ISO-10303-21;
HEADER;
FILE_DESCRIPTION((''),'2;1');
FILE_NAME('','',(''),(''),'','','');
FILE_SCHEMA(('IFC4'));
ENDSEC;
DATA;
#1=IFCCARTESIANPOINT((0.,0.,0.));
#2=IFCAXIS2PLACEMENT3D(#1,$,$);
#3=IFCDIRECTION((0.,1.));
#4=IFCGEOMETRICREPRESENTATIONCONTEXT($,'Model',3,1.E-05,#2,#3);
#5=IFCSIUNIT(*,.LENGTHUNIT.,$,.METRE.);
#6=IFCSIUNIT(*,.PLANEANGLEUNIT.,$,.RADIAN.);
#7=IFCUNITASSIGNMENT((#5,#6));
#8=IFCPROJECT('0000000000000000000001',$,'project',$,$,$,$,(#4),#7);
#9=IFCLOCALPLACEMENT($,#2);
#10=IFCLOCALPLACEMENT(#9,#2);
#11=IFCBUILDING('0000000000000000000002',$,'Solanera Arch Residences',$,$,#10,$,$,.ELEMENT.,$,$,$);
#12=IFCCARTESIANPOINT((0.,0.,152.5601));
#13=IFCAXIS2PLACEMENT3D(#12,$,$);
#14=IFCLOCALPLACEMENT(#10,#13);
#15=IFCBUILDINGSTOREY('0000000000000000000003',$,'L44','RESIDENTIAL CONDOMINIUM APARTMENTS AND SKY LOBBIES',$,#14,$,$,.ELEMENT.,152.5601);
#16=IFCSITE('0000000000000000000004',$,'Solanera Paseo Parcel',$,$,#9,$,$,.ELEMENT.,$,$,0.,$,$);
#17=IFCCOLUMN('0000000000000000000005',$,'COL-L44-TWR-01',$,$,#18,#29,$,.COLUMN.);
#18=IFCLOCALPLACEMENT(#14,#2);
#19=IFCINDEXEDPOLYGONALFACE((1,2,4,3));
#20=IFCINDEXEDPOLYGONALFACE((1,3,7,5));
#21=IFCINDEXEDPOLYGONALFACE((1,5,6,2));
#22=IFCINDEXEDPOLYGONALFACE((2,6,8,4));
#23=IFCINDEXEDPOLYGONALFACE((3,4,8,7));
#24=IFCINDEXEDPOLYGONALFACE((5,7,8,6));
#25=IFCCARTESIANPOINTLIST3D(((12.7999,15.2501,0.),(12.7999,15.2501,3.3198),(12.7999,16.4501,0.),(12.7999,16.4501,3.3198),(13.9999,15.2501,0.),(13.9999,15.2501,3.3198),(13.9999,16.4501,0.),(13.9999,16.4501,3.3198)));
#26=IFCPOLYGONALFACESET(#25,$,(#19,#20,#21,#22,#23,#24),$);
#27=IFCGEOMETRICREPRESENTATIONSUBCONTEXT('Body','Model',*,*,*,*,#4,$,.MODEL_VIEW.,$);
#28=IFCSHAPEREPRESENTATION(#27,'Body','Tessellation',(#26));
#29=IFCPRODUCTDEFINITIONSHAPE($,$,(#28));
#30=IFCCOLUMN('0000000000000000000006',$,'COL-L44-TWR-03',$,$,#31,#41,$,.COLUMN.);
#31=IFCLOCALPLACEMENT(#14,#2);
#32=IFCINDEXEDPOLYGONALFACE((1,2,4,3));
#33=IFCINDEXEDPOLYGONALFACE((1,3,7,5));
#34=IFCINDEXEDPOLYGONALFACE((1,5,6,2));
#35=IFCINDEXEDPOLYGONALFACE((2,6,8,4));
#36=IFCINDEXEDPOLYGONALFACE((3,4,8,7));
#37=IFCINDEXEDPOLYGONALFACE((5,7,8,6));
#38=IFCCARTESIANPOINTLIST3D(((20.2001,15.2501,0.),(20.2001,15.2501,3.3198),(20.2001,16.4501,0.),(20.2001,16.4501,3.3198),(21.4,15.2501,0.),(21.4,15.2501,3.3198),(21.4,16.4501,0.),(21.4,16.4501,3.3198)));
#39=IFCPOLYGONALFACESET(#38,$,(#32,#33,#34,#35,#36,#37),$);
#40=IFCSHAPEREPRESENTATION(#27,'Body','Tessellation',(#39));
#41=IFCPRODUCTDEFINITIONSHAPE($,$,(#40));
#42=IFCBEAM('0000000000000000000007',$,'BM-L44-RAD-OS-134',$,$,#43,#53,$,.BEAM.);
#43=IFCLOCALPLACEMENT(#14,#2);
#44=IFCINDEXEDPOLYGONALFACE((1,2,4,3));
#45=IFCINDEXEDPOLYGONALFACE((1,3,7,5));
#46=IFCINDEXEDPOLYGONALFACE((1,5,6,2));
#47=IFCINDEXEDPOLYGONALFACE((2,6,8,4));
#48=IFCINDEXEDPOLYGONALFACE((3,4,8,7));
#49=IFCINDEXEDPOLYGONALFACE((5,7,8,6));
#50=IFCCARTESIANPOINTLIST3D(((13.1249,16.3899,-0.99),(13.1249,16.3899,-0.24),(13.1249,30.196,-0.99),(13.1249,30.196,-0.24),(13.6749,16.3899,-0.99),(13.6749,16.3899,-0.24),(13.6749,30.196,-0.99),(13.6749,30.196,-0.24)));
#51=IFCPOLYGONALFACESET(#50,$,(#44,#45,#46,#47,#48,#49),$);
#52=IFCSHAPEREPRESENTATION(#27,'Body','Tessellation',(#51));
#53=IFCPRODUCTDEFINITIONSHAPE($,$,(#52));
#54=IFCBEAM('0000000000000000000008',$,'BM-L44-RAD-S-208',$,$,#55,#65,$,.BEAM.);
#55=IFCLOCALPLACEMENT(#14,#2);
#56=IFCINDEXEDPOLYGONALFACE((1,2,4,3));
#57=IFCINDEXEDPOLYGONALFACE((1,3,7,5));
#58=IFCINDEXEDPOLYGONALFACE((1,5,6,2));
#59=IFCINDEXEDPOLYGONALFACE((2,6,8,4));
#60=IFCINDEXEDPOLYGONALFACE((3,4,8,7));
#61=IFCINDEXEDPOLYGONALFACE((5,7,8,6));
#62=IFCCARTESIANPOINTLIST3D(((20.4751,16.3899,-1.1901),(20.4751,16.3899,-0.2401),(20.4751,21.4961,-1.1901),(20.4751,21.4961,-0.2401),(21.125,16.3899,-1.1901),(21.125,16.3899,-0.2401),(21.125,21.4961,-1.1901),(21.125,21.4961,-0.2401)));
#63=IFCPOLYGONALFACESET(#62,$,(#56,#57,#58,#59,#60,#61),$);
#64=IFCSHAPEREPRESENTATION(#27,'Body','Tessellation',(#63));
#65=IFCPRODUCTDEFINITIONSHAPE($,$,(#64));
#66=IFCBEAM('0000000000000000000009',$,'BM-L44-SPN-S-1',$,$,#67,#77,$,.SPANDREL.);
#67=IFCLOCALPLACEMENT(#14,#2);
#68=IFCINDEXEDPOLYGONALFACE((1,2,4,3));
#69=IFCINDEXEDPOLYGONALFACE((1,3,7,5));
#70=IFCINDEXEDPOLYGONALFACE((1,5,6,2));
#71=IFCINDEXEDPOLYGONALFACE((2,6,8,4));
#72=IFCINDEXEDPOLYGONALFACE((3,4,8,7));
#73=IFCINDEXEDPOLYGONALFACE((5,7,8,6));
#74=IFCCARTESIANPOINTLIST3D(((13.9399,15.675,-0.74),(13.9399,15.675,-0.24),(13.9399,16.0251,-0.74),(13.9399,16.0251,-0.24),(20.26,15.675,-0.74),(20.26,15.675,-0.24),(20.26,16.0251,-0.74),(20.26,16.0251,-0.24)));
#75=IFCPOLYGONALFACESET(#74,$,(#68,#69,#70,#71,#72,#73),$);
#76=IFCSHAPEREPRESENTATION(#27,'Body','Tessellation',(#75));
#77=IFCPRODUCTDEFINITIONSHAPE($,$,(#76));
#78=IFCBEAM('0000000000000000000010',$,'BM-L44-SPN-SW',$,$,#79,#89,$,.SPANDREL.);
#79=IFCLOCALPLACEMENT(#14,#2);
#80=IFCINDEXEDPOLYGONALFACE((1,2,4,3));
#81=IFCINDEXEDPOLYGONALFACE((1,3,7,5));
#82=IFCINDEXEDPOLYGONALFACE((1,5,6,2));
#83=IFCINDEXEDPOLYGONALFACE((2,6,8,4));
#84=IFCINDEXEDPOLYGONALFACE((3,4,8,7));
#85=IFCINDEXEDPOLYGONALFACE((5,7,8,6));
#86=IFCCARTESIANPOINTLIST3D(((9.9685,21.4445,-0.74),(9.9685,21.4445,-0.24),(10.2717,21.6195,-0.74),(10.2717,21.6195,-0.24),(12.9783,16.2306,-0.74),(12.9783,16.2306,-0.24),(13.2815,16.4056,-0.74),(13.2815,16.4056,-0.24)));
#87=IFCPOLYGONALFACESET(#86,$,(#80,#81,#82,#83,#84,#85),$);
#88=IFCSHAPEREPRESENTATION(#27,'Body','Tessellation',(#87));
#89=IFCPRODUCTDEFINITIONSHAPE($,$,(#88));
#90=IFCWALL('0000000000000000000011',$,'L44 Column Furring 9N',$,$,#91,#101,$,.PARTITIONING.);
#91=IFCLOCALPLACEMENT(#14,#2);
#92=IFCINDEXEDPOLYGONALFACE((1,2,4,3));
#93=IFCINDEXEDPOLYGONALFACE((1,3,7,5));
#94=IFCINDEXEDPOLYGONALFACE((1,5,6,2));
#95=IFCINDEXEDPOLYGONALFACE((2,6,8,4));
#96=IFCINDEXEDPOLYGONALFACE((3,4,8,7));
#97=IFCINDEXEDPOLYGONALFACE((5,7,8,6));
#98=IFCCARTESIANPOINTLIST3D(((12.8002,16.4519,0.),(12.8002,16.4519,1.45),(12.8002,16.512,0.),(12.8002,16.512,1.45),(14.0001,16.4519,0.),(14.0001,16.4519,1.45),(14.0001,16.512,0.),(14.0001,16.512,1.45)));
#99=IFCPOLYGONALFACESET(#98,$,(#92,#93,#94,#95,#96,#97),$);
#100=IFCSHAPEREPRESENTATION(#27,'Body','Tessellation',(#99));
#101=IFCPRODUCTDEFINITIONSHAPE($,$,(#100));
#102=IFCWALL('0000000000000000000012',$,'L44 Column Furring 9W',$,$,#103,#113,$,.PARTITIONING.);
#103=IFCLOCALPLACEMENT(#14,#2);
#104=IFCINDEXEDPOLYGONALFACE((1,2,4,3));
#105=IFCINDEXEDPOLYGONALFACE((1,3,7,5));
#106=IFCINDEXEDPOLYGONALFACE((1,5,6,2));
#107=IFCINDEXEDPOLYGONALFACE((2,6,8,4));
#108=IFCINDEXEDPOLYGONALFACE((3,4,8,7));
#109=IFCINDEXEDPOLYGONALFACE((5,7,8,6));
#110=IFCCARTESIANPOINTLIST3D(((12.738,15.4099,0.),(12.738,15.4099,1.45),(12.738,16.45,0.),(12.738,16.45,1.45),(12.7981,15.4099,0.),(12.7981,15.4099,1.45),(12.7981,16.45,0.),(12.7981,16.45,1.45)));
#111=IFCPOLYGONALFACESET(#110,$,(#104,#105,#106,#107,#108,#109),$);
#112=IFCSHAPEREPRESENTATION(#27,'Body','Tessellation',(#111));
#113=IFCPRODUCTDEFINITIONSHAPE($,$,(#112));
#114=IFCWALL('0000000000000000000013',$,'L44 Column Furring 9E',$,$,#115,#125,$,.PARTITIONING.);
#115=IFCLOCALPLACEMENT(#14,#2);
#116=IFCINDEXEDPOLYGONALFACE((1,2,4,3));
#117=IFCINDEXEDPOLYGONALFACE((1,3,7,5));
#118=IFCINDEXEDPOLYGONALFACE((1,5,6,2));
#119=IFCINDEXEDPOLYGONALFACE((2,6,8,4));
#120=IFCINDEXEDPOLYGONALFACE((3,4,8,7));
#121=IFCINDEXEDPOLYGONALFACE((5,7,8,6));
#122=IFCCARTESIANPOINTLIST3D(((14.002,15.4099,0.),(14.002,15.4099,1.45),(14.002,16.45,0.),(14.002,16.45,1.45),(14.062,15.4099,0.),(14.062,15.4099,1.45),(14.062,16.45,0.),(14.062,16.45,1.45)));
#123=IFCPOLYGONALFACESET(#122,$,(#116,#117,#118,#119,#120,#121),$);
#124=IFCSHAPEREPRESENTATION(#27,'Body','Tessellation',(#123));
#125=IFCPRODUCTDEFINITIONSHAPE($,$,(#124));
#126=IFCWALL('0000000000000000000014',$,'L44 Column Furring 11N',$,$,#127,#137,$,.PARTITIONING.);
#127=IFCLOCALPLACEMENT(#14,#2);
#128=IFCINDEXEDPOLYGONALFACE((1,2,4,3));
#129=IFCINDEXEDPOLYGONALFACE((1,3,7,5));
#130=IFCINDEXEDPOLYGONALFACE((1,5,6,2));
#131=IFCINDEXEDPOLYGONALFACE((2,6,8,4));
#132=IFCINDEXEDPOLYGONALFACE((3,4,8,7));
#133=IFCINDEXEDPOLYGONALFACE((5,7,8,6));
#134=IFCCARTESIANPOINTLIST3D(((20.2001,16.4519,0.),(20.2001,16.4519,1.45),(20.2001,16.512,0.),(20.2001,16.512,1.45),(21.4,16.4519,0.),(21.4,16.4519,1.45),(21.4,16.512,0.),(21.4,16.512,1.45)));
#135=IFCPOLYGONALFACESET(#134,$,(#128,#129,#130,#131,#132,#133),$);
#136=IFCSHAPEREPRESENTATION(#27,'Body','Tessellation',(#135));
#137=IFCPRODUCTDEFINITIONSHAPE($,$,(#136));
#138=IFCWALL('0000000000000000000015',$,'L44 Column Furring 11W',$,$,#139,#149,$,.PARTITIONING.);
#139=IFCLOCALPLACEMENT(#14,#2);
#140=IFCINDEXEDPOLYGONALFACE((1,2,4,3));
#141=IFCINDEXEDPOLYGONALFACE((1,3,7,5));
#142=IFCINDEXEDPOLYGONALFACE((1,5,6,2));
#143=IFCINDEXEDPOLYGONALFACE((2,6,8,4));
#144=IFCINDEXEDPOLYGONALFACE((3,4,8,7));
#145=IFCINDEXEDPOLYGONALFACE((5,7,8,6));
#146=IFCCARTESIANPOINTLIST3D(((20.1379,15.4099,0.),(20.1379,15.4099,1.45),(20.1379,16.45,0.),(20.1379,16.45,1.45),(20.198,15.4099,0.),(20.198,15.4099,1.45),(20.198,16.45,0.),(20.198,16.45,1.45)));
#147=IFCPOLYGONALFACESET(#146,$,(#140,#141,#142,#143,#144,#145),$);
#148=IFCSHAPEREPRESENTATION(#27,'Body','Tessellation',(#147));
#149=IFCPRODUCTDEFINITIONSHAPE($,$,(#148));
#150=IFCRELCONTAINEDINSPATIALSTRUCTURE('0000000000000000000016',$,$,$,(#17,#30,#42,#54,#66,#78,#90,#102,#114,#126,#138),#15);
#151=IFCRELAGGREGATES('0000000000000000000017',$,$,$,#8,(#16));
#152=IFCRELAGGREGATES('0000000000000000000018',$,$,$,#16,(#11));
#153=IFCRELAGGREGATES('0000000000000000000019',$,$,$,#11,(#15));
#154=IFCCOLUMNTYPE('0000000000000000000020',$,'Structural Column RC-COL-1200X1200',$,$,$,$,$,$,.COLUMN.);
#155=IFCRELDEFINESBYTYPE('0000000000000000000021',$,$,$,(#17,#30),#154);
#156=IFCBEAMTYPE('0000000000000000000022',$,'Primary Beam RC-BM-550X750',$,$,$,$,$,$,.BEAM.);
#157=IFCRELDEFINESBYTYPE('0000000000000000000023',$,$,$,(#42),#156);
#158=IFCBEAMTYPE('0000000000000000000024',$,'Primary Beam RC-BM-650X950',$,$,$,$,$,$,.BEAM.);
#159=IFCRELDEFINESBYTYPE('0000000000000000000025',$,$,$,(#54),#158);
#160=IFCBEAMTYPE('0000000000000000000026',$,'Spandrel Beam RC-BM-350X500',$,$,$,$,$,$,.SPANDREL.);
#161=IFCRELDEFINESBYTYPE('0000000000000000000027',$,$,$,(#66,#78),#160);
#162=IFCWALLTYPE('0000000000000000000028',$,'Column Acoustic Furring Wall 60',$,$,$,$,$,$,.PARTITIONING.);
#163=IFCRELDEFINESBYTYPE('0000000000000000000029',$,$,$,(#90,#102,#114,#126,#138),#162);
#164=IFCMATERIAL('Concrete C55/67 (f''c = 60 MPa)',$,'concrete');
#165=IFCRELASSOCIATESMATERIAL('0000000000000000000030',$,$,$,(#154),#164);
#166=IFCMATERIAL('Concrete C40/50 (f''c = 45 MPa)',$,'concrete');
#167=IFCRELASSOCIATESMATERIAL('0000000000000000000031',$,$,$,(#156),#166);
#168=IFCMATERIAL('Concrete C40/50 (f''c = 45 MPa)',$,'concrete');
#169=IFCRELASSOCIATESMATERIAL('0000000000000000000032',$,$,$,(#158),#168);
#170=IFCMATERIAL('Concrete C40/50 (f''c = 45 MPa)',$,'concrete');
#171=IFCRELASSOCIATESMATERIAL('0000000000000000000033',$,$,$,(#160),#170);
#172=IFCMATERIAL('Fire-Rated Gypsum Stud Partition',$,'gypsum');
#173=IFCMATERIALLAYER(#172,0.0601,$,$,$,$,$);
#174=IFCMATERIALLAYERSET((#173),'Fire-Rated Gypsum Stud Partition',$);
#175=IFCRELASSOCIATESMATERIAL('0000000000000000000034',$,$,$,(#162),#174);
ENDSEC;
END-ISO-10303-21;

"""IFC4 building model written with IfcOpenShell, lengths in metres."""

from ifc_helpers import new_model, si_unit, direction, frame, frame_2d, origin, origin_2d, place, context, subcontext, project, spatial, rectangle, extrude, material, layer, layer_set, material_profile, profile_set, type_object, element, save


model = new_model("IFC4")

# Units and contexts
model_context = context("Model", 3, precision=1e-05, world=origin(), true_north=direction((0.0, 1.0)))
body_context = subcontext(model_context, "Body", "Model", "MODEL_VIEW")
ifc_project = project(units=[si_unit("LENGTHUNIT", "METRE"), si_unit("PLANEANGLEUNIT", "RADIAN")], contexts=[model_context])

# Site, building, storey
site_placement = place(None, origin())
site = spatial("IfcSite", under=ifc_project, at=site_placement, Name="Solanera Paseo Parcel", CompositionType="ELEMENT", RefElevation=0.0)
building_placement = place(site_placement, origin())
building = spatial("IfcBuilding", under=site, at=building_placement, Name="Solanera Arch Residences", CompositionType="ELEMENT")
storey_placement = place(building_placement, frame((0.0, 0.0, 152.5601)))
storey = spatial("IfcBuildingStorey", under=building, at=storey_placement, Name="L44", Description="RESIDENTIAL CONDOMINIUM APARTMENTS AND SKY LOBBIES", CompositionType="ELEMENT", Elevation=152.5601)

# Columns
ifc_material_1 = material(Name="Concrete C55/67 (f'c = 60 MPa)", Category="concrete")
ifc_material_profile_1 = material_profile(ifc_material_1, rectangle(XDim=1.2, YDim=1.2, at=origin_2d()))
ifc_profile_set_1 = profile_set([ifc_material_profile_1], Name="Concrete C55/67 (f'c = 60 MPa)")
column_type = type_object("IfcColumnType", Name="Structural Column RC-COL-1200X1200", PredefinedType="COLUMN", material=ifc_profile_set_1)
for number, where, z_axis, x_axis, name in (
    (1, (13.3999, 15.8501, 0.0), (0.0, 0.0, 1.0), (1.0, 0.0, 0.0), "COL-L44-TWR-01"),
    (2, (20.8, 15.8501, 0.0), (0.0, 0.0, 1.0), (1.0, 0.0, 0.0), "COL-L44-TWR-03"),
):
    element("IfcColumn", number, at=place(storey_placement, frame(where, z_axis=z_axis, x_axis=x_axis)), inside=storey, type_object=column_type, Name=name, PredefinedType="COLUMN", context=body_context, shape_type="SweptSolid", body=[
        extrude(rectangle(XDim=1.2, YDim=1.2, at=origin_2d()), origin(), (0.0, 0.0, 1.0), 3.3198),
    ])

# Beams
ifc_material_2 = material(Name="Concrete C40/50 (f'c = 45 MPa)", Category="concrete")
ifc_material_profile_2 = material_profile(ifc_material_2, rectangle(XDim=0.55, YDim=0.75, at=origin_2d()))
ifc_profile_set_2 = profile_set([ifc_material_profile_2], Name="Concrete C40/50 (f'c = 45 MPa)")
beam_type_1 = type_object("IfcBeamType", Name="Primary Beam RC-BM-550X750", PredefinedType="BEAM", material=ifc_profile_set_2)
beam_1_placement = place(storey_placement, frame((13.3999, 16.3899, -0.615), z_axis=(0.0, 1.0, 0.0), x_axis=(-1.0, 0.0, 0.0)))
element("IfcBeam", 3, at=beam_1_placement, inside=storey, type_object=beam_type_1, Name="BM-L44-RAD-OS-134", PredefinedType="BEAM", context=body_context, shape_type="SweptSolid", body=[
    extrude(rectangle(XDim=0.55, YDim=0.75, at=origin_2d()), origin(), (0.0, 0.0, 1.0), 13.8062),
])
ifc_material_3 = material(Name="Concrete C40/50 (f'c = 45 MPa)", Category="concrete")
ifc_material_profile_3 = material_profile(ifc_material_3, rectangle(XDim=0.6499, YDim=0.95, at=origin_2d()))
ifc_profile_set_3 = profile_set([ifc_material_profile_3], Name="Concrete C40/50 (f'c = 45 MPa)")
beam_type_2 = type_object("IfcBeamType", Name="Primary Beam RC-BM-650X950", PredefinedType="BEAM", material=ifc_profile_set_3)
beam_2_placement = place(storey_placement, frame((20.8, 16.3899, -0.7151), z_axis=(0.0, 1.0, 0.0), x_axis=(-1.0, 0.0, 0.0)))
element("IfcBeam", 4, at=beam_2_placement, inside=storey, type_object=beam_type_2, Name="BM-L44-RAD-S-208", PredefinedType="BEAM", context=body_context, shape_type="SweptSolid", body=[
    extrude(rectangle(XDim=0.6499, YDim=0.95, at=origin_2d()), origin(), (0.0, 0.0, 1.0), 5.1062),
])
ifc_material_4 = material(Name="Concrete C40/50 (f'c = 45 MPa)", Category="concrete")
ifc_material_profile_4 = material_profile(ifc_material_4, rectangle(XDim=0.3501, YDim=0.5, at=origin_2d()))
ifc_profile_set_4 = profile_set([ifc_material_profile_4], Name="Concrete C40/50 (f'c = 45 MPa)")
beam_type_3 = type_object("IfcBeamType", Name="Spandrel Beam RC-BM-350X500", PredefinedType="SPANDREL", material=ifc_profile_set_4)
beam_3_placement = place(storey_placement, frame((13.9399, 15.8501, -0.49), z_axis=(1.0, 0.0, 0.0), x_axis=(0.0, 1.0, 0.0)))
element("IfcBeam", 5, at=beam_3_placement, inside=storey, type_object=beam_type_3, Name="BM-L44-SPN-S-1", PredefinedType="SPANDREL", context=body_context, shape_type="SweptSolid", body=[
    extrude(rectangle(XDim=0.3501, YDim=0.5, at=origin_2d()), origin(), (0.0, 0.0, 1.0), 6.3201),
])
beam_4_placement = place(storey_placement, frame((13.1299, 16.3181, -0.49), z_axis=(-0.499942, 0.866059, 0.0), x_axis=(-0.866059, -0.499942, 0.0)))
element("IfcBeam", 6, at=beam_4_placement, inside=storey, type_object=beam_type_3, Name="BM-L44-SPN-SW", PredefinedType="SPANDREL", context=body_context, shape_type="SweptSolid", body=[
    extrude(rectangle(XDim=0.3501, YDim=0.5, at=origin_2d()), origin(), (0.0, 0.0, 1.0), 6.0203),
])

# Walls
ifc_material_5 = material(Name="Fire-Rated Gypsum Stud Partition", Category="gypsum")
ifc_layer_1 = layer(ifc_material_5, 0.0601)
ifc_layer_set_1 = layer_set([ifc_layer_1], Name="Fire-Rated Gypsum Stud Partition")
wall_type_1 = type_object("IfcWallType", Name="Column Acoustic Furring Wall 60", PredefinedType="PARTITIONING", material=ifc_layer_set_1)
wall_1_placement = place(storey_placement, frame((12.8, 16.4819, 0.0), z_axis=(0.0, 0.0, 1.0), x_axis=(1.0, 0.0, 0.0)))
element("IfcWall", 7, at=wall_1_placement, inside=storey, type_object=wall_type_1, Name="L44 Column Furring 9N", PredefinedType="PARTITIONING", context=body_context, shape_type="SweptSolid", body=[
    extrude(rectangle(XDim=1.2, YDim=0.0601, at=frame_2d((0.6001, 0.0))), origin(), (0.0, 0.0, 1.0), 1.45),
])
for number, where, z_axis, x_axis, name in (
    (8, (12.7681, 15.4099, 0.0), (0.0, 0.0, 1.0), (0.0, 1.0, 0.0), "L44 Column Furring 9W"),
    (9, (14.032, 15.4099, 0.0), (0.0, 0.0, 1.0), (0.0, 1.0, 0.0), "L44 Column Furring 9E"),
):
    element("IfcWall", number, at=place(storey_placement, frame(where, z_axis=z_axis, x_axis=x_axis)), inside=storey, type_object=wall_type_1, Name=name, PredefinedType="PARTITIONING", context=body_context, shape_type="SweptSolid", body=[
        extrude(rectangle(XDim=1.04, YDim=0.0601, at=frame_2d((0.52, 0.0))), origin(), (0.0, 0.0, 1.0), 1.45),
    ])
wall_2_placement = place(storey_placement, frame((20.2, 16.4819, 0.0), z_axis=(0.0, 0.0, 1.0), x_axis=(1.0, 0.0, 0.0)))
element("IfcWall", 10, at=wall_2_placement, inside=storey, type_object=wall_type_1, Name="L44 Column Furring 11N", PredefinedType="PARTITIONING", context=body_context, shape_type="SweptSolid", body=[
    extrude(rectangle(XDim=1.2, YDim=0.0601, at=frame_2d((0.6001, 0.0))), origin(), (0.0, 0.0, 1.0), 1.45),
])
wall_3_placement = place(storey_placement, frame((20.168, 15.4099, 0.0), z_axis=(0.0, 0.0, 1.0), x_axis=(0.0, 1.0, 0.0)))
element("IfcWall", 11, at=wall_3_placement, inside=storey, type_object=wall_type_1, Name="L44 Column Furring 11W", PredefinedType="PARTITIONING", context=body_context, shape_type="SweptSolid", body=[
    extrude(rectangle(XDim=1.04, YDim=0.0601, at=frame_2d((0.52, 0.0))), origin(), (0.0, 0.0, 1.0), 1.45),
])

save(model, "model.ifc")
